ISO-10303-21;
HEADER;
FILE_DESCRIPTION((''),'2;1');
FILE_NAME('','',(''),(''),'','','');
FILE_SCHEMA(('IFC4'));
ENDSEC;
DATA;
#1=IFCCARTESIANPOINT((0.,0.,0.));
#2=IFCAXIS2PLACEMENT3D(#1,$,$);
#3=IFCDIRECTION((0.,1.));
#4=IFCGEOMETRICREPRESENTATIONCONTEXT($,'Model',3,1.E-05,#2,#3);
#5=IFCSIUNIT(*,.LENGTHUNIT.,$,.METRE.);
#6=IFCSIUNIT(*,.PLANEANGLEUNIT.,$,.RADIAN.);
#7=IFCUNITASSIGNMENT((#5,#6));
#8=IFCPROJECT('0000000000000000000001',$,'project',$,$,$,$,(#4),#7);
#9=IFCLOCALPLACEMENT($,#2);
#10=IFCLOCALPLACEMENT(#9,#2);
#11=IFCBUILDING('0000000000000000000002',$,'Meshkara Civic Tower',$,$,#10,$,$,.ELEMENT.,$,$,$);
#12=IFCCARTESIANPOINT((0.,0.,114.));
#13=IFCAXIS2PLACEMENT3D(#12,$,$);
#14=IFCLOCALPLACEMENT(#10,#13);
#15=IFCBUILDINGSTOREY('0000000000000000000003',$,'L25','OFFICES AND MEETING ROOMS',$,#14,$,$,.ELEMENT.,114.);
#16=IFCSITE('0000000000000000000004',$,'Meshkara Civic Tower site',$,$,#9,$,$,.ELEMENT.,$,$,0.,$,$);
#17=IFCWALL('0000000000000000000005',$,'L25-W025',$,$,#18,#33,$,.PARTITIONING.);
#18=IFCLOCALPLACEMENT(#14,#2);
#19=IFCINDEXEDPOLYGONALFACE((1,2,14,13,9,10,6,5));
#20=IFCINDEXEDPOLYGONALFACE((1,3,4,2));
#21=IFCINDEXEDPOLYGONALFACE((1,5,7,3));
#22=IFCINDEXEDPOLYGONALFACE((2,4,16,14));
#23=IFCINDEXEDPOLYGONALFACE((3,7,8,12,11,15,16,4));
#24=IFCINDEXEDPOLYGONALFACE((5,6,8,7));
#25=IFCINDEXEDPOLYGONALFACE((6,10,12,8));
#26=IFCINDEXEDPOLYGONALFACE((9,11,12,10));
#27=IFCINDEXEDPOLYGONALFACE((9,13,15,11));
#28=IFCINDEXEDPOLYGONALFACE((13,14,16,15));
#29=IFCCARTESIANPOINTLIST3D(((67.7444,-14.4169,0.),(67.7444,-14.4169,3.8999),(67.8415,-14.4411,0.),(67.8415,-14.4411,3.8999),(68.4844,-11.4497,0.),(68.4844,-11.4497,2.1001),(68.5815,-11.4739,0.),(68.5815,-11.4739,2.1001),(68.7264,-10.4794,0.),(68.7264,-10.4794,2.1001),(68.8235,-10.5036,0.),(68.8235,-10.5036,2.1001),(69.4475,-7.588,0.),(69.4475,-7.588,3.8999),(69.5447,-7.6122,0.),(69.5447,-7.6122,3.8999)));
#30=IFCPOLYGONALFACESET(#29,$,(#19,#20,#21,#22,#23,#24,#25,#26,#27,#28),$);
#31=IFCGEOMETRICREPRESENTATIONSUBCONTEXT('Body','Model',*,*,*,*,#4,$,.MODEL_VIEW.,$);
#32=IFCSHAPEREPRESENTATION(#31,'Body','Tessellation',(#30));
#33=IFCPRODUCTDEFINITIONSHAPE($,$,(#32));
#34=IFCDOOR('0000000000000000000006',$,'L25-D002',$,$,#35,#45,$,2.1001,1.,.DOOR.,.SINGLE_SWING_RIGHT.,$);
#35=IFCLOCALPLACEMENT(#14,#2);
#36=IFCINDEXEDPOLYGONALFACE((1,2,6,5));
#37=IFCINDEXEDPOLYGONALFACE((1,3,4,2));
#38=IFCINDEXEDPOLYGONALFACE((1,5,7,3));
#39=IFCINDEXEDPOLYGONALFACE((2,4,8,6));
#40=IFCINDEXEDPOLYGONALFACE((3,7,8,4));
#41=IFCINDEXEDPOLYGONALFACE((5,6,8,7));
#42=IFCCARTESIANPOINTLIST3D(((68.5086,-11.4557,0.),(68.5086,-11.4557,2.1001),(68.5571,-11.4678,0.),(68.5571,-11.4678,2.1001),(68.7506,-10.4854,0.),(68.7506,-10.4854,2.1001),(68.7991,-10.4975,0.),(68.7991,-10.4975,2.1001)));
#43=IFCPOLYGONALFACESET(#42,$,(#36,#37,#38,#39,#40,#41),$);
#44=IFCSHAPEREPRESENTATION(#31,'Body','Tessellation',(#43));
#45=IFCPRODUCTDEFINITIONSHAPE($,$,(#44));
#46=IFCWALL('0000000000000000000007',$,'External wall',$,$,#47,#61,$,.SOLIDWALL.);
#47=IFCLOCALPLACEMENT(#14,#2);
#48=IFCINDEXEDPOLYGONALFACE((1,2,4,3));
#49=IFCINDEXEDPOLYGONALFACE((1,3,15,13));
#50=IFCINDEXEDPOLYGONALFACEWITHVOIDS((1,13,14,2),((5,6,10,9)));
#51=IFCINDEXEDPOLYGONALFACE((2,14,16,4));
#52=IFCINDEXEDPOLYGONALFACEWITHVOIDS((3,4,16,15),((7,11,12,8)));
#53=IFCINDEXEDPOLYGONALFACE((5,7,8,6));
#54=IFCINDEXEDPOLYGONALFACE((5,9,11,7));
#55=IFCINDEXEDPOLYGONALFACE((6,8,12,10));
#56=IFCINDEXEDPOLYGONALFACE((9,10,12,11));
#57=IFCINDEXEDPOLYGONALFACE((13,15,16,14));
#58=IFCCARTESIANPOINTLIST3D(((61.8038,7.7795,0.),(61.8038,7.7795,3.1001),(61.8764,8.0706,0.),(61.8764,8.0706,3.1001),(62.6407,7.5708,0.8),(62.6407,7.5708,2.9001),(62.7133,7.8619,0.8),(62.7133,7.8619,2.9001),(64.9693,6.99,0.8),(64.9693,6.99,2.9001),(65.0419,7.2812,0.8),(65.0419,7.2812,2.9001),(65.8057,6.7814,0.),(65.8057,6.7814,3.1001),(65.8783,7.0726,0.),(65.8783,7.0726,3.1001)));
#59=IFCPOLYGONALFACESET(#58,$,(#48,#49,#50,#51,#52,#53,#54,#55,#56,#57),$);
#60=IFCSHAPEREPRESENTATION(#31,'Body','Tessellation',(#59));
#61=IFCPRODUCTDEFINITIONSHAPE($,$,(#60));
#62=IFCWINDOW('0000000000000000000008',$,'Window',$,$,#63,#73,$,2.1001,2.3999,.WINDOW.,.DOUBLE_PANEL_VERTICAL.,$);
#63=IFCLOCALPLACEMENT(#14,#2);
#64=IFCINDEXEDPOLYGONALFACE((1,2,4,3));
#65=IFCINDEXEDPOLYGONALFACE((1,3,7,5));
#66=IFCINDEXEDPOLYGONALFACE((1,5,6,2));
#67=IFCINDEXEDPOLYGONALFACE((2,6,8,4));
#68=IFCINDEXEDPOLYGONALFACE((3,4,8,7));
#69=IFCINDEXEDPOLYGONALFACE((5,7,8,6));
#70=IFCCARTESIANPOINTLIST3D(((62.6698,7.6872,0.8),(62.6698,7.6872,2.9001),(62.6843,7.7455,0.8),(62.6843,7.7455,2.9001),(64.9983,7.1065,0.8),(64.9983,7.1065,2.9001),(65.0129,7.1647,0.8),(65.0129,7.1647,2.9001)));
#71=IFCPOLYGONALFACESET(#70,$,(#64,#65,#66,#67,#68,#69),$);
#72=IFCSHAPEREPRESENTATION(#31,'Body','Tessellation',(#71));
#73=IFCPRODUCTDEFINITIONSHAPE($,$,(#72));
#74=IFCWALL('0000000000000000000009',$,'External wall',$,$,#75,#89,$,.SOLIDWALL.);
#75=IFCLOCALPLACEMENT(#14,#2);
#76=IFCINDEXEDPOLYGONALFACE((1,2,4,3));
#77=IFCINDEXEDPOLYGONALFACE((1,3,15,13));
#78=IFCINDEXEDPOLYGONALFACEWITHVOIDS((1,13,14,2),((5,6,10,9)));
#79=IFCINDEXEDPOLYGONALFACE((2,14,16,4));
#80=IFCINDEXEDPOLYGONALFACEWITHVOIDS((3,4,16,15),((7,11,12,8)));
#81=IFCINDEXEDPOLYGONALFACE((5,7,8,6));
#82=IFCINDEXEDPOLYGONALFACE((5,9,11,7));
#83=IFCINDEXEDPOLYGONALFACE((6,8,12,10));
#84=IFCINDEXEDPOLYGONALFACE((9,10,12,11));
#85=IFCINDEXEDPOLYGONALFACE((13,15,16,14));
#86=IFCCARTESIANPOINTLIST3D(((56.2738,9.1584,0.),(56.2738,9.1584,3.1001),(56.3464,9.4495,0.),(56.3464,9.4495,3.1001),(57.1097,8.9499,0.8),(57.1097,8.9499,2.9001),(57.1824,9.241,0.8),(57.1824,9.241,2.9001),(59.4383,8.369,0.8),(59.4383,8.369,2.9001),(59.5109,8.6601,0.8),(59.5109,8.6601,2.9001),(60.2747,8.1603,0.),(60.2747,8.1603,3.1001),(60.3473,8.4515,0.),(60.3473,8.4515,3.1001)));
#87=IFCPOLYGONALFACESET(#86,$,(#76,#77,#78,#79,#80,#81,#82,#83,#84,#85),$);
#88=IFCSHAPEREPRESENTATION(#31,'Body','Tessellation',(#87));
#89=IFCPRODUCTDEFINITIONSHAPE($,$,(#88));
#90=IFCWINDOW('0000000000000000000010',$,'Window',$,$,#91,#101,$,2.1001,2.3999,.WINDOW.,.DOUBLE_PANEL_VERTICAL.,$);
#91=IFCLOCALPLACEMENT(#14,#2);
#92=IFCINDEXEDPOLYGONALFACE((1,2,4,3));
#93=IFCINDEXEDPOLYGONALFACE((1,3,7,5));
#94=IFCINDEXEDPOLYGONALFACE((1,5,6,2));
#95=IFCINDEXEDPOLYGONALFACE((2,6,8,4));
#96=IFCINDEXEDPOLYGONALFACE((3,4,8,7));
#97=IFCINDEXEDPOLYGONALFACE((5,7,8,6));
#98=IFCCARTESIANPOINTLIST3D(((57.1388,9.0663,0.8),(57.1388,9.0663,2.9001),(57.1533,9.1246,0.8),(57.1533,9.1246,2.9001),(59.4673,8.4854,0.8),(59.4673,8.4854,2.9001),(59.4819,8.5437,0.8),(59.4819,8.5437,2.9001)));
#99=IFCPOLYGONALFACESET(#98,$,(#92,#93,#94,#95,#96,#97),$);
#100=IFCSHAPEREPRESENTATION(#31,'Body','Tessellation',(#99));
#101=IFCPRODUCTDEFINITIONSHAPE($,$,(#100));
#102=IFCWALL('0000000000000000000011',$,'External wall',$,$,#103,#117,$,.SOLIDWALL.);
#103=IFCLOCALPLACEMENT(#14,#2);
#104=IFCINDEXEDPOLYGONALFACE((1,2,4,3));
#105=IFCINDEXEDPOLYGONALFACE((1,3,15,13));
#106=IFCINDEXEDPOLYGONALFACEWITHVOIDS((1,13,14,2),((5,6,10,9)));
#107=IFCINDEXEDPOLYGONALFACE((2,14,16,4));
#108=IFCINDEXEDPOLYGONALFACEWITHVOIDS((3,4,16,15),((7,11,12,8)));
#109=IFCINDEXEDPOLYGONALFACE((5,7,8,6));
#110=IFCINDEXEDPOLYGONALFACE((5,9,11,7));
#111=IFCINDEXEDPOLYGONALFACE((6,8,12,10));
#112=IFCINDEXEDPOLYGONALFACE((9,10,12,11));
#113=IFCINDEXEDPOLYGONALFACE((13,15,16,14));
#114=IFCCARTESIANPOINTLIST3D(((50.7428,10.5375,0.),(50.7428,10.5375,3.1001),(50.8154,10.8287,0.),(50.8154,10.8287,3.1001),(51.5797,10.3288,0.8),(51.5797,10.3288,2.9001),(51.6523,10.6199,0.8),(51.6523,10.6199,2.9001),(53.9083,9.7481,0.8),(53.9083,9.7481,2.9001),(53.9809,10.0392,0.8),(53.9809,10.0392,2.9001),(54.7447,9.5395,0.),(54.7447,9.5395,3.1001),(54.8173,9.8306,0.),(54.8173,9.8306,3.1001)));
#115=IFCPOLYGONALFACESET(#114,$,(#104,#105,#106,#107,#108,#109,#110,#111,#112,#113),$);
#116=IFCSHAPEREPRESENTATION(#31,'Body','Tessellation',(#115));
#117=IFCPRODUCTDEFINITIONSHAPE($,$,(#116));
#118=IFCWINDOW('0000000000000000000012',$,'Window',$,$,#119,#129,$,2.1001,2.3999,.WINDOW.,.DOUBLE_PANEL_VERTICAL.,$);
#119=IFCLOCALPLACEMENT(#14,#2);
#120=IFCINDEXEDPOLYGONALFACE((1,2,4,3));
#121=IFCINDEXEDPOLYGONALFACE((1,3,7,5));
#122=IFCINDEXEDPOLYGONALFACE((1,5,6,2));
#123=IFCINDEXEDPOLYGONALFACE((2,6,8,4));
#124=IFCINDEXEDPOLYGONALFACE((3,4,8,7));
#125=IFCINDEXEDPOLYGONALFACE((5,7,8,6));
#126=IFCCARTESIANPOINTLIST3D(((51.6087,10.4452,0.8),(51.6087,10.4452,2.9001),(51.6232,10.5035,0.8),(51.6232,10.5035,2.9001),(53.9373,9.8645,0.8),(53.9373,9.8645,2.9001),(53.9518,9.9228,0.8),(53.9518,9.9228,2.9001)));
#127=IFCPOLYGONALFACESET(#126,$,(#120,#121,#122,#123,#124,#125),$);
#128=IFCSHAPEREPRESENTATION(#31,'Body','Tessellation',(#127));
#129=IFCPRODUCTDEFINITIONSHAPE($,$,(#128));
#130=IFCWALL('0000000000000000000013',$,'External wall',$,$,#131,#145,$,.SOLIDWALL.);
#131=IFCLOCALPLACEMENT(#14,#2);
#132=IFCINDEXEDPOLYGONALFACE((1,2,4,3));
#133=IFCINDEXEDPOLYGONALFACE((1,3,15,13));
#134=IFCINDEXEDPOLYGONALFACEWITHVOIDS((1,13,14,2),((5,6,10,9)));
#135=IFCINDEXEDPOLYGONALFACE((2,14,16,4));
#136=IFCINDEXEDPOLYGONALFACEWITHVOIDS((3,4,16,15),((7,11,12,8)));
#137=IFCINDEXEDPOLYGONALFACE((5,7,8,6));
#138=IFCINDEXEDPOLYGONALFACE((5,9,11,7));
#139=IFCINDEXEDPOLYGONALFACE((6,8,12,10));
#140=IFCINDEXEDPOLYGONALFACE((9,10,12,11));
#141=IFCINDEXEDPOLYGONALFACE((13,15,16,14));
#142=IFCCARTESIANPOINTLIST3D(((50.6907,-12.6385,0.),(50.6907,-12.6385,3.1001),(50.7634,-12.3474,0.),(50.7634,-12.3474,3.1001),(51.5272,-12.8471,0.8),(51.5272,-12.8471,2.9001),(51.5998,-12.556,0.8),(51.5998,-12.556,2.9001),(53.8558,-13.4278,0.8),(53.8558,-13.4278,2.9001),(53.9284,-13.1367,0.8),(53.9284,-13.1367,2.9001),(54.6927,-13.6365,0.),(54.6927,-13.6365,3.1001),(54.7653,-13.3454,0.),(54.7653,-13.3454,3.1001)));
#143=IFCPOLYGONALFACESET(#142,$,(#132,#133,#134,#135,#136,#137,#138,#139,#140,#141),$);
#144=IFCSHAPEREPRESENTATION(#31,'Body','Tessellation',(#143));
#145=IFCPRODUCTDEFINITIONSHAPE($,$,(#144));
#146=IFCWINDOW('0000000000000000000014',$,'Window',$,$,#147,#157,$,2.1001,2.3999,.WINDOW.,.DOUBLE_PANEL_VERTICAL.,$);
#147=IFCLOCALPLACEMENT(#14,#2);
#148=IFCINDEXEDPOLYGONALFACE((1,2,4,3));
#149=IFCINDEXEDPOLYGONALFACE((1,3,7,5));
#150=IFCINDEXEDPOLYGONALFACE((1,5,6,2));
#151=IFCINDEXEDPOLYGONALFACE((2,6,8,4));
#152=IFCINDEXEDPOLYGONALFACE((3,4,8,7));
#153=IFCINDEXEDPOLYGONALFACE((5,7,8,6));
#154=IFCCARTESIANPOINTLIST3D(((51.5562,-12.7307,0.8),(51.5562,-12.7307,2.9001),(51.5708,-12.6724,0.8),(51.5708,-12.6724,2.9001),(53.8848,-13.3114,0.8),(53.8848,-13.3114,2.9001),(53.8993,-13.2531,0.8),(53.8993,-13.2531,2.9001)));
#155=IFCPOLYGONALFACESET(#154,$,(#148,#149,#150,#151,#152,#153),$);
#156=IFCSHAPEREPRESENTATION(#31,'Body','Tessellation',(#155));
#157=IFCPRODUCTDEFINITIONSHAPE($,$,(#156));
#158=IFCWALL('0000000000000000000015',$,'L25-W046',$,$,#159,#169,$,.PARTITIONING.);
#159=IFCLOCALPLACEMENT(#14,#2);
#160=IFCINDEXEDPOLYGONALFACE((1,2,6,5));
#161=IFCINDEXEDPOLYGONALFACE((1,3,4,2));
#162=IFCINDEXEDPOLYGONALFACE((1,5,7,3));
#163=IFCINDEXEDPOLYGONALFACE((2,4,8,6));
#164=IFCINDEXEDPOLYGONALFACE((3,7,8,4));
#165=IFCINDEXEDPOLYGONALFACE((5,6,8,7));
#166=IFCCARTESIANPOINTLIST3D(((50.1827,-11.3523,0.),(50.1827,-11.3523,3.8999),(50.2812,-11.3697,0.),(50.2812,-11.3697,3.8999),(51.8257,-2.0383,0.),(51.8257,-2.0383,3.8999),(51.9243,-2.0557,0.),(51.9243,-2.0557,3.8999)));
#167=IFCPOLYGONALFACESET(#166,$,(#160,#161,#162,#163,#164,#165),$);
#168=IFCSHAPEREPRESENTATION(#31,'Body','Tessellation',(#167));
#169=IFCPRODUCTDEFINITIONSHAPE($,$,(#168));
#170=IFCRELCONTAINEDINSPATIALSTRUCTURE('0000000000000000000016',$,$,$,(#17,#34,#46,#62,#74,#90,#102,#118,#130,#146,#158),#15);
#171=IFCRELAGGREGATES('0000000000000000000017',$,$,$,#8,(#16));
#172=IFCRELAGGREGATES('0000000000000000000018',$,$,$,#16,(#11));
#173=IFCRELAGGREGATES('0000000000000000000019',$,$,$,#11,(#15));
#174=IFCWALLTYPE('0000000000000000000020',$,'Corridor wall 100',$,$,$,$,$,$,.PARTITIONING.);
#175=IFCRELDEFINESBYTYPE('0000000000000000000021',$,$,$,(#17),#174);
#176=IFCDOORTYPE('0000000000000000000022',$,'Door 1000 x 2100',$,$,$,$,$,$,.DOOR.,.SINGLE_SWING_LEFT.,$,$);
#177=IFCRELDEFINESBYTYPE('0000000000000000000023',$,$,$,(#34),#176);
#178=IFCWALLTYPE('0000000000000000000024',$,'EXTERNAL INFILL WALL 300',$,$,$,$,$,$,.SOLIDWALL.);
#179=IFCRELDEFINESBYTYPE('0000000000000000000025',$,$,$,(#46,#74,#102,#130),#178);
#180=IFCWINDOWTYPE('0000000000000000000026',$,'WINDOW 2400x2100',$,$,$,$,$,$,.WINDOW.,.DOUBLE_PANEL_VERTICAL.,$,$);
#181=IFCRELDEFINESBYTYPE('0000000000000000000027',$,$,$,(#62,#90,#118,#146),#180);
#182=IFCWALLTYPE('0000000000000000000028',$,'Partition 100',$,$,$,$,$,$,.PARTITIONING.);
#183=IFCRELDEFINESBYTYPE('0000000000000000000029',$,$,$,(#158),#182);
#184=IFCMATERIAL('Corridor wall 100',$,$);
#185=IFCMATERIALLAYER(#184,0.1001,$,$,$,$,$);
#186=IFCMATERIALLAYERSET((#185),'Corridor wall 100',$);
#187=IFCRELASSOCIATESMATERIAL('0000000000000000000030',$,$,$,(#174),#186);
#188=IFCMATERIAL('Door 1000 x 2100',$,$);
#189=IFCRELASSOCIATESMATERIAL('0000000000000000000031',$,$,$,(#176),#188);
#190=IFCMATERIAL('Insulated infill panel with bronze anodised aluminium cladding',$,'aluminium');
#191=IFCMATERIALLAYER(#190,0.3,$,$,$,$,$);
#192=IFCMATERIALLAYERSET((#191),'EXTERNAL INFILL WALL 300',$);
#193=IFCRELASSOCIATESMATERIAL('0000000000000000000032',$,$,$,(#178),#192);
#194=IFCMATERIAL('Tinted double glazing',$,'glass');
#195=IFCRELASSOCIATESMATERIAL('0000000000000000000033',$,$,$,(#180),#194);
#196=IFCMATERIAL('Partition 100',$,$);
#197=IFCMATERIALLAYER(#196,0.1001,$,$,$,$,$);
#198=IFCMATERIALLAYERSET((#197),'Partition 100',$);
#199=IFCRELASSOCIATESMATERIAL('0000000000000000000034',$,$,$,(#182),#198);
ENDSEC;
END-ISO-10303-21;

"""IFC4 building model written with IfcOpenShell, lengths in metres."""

from ifc_helpers import new_model, si_unit, direction, frame, frame_2d, origin, place, context, subcontext, project, spatial, rectangle, extrude, material, layer, layer_set, type_object, element, fill, save


model = new_model("IFC4")

# Units and contexts
model_context = context("Model", 3, precision=1e-05, world=origin(), true_north=direction((0.0, 1.0)))
body_context = subcontext(model_context, "Body", "Model", "MODEL_VIEW")
ifc_project = project(units=[si_unit("LENGTHUNIT", "METRE"), si_unit("PLANEANGLEUNIT", "RADIAN")], contexts=[model_context])

# Site, building, storey
site_placement = place(None, origin())
site = spatial("IfcSite", under=ifc_project, at=site_placement, Name="Meshkara Civic Tower site", CompositionType="ELEMENT", RefElevation=0.0)
building_placement = place(site_placement, origin())
building = spatial("IfcBuilding", under=site, at=building_placement, Name="Meshkara Civic Tower", CompositionType="ELEMENT")
storey_placement = place(building_placement, frame((0.0, 0.0, 114.0)))
storey = spatial("IfcBuildingStorey", under=building, at=storey_placement, Name="L25", Description="OFFICES AND MEETING ROOMS", CompositionType="ELEMENT", Elevation=114.0)

# Wall, opening, door
ifc_material_1 = material(Name="Corridor wall 100")
ifc_layer_1 = layer(ifc_material_1, 0.1001)
ifc_layer_set_1 = layer_set([ifc_layer_1], Name="Corridor wall 100")
wall_type_1 = type_object("IfcWallType", Name="Corridor wall 100", PredefinedType="PARTITIONING", material=ifc_layer_set_1)
wall_1_placement = place(storey_placement, frame((69.4961, -7.6001, 0.0), z_axis=(0.0, 0.0, 1.0), x_axis=(-0.241989, -0.970279, 0.0)))
wall_1 = element("IfcWall", 1, at=wall_1_placement, inside=storey, type_object=wall_type_1, Name="L25-W025", PredefinedType="PARTITIONING", context=body_context, shape_type="SweptSolid", body=[
    extrude(rectangle(XDim=7.0381, YDim=0.1001, at=frame_2d((3.519, 0.0))), origin(), (0.0, 0.0, 1.0), 3.8999),
])
opening_1_placement = place(wall_1_placement, frame((2.98, 0.0, 0.0)))
opening_1 = element("IfcOpeningElement", 2, at=opening_1_placement, cuts=wall_1, PredefinedType="OPENING", context=body_context, shape_type="SweptSolid", body=[
    extrude(rectangle(XDim=1.0, YDim=2.1001, at=frame_2d((0.5, 1.05))), frame((0.0, 0.0601, 0.0), z_axis=(0.0, -1.0, 0.0), x_axis=(1.0, 0.0, 0.0)), (0.0, 0.0, 1.0), 0.1201),
])
ifc_material_2 = material(Name="Door 1000 x 2100")
door_type = type_object("IfcDoorType", Name="Door 1000 x 2100", OperationType="SINGLE_SWING_LEFT", PredefinedType="DOOR", material=ifc_material_2)
door_placement = place(opening_1_placement, origin())
door = element("IfcDoor", 3, at=door_placement, inside=storey, type_object=door_type, Name="L25-D002", OperationType="SINGLE_SWING_RIGHT", OverallHeight=2.1001, OverallWidth=1.0, PredefinedType="DOOR", context=body_context, shape_type="SweptSolid", body=[
    extrude(rectangle(XDim=1.0, YDim=2.1001, at=frame_2d((0.5, 1.05))), frame((0.0, 0.0249, 0.0), z_axis=(0.0, -1.0, 0.0), x_axis=(1.0, 0.0, 0.0)), (0.0, 0.0, 1.0), 0.05),
])
fill(opening_1, door)

# Walls, openings, windows
ifc_material_3 = material(Name="Insulated infill panel with bronze anodised aluminium cladding", Category="aluminium")
ifc_layer_2 = layer(ifc_material_3, 0.3)
ifc_layer_set_2 = layer_set([ifc_layer_2], Name="EXTERNAL INFILL WALL 300")
wall_type_2 = type_object("IfcWallType", Name="EXTERNAL INFILL WALL 300", PredefinedType="SOLIDWALL", material=ifc_layer_set_2)
wall_2_placement = place(storey_placement, frame((65.842, 6.927, 0.0), z_axis=(0.0, 0.0, 1.0), x_axis=(-0.970282, 0.241978, 0.0)))
wall_2 = element("IfcWall", 4, at=wall_2_placement, inside=storey, type_object=wall_type_2, Name="External wall", PredefinedType="SOLIDWALL", context=body_context, shape_type="SweptSolid", body=[
    extrude(rectangle(XDim=4.1245, YDim=0.3, at=frame_2d((2.0623, 0.0))), origin(), (0.0, 0.0, 1.0), 3.1001),
])
opening_2_placement = place(wall_2_placement, frame((0.8621, 0.0, 0.8)))
opening_2 = element("IfcOpeningElement", 5, at=opening_2_placement, cuts=wall_2, PredefinedType="OPENING", context=body_context, shape_type="SweptSolid", body=[
    extrude(rectangle(XDim=2.3999, YDim=2.1001, at=frame_2d((1.2, 1.05))), frame((0.0, 0.1599, 0.0), z_axis=(0.0, -1.0, 0.0), x_axis=(1.0, 0.0, 0.0)), (0.0, 0.0, 1.0), 0.3201),
])
ifc_material_4 = material(Name="Tinted double glazing", Category="glass")
window_type = type_object("IfcWindowType", Name="WINDOW 2400x2100", PartitioningType="DOUBLE_PANEL_VERTICAL", PredefinedType="WINDOW", material=ifc_material_4)
window_1_placement = place(opening_2_placement, origin())
window_1 = element("IfcWindow", 6, at=window_1_placement, inside=storey, type_object=window_type, Name="Window", OverallHeight=2.1001, OverallWidth=2.3999, PartitioningType="DOUBLE_PANEL_VERTICAL", PredefinedType="WINDOW", context=body_context, shape_type="SweptSolid", body=[
    extrude(rectangle(XDim=2.3999, YDim=2.1001, at=frame_2d((1.2, 1.05))), frame((0.0, 0.03, 0.0), z_axis=(0.0, -1.0, 0.0), x_axis=(1.0, 0.0, 0.0)), (0.0, 0.0, 1.0), 0.0601),
])
fill(opening_2, window_1)
wall_3_placement = place(storey_placement, frame((60.311, 8.3059, 0.0), z_axis=(0.0, 0.0, 1.0), x_axis=(-0.970268, 0.242034, 0.0)))
wall_3 = element("IfcWall", 7, at=wall_3_placement, inside=storey, type_object=wall_type_2, Name="External wall", PredefinedType="SOLIDWALL", context=body_context, shape_type="SweptSolid", body=[
    extrude(rectangle(XDim=4.1235, YDim=0.3, at=frame_2d((2.0618, 0.0))), origin(), (0.0, 0.0, 1.0), 3.1001),
])
opening_3_placement = place(wall_3_placement, frame((0.8621, 0.0, 0.8)))
opening_3 = element("IfcOpeningElement", 8, at=opening_3_placement, cuts=wall_3, PredefinedType="OPENING", context=body_context, shape_type="SweptSolid", body=[
    extrude(rectangle(XDim=2.3999, YDim=2.1001, at=frame_2d((1.2, 1.05))), frame((0.0, 0.1599, 0.0), z_axis=(0.0, -1.0, 0.0), x_axis=(1.0, 0.0, 0.0)), (0.0, 0.0, 1.0), 0.3201),
])
window_2_placement = place(opening_3_placement, origin())
window_2 = element("IfcWindow", 9, at=window_2_placement, inside=storey, type_object=window_type, Name="Window", OverallHeight=2.1001, OverallWidth=2.3999, PartitioningType="DOUBLE_PANEL_VERTICAL", PredefinedType="WINDOW", context=body_context, shape_type="SweptSolid", body=[
    extrude(rectangle(XDim=2.3999, YDim=2.1001, at=frame_2d((1.2, 1.05))), frame((0.0, 0.03, 0.0), z_axis=(0.0, -1.0, 0.0), x_axis=(1.0, 0.0, 0.0)), (0.0, 0.0, 1.0), 0.0601),
])
fill(opening_3, window_2)
wall_4_placement = place(storey_placement, frame((54.781, 9.6851, 0.0), z_axis=(0.0, 0.0, 1.0), x_axis=(-0.970282, 0.241978, 0.0)))
wall_4 = element("IfcWall", 10, at=wall_4_placement, inside=storey, type_object=wall_type_2, Name="External wall", PredefinedType="SOLIDWALL", context=body_context, shape_type="SweptSolid", body=[
    extrude(rectangle(XDim=4.1245, YDim=0.3, at=frame_2d((2.0623, 0.0))), origin(), (0.0, 0.0, 1.0), 3.1001),
])
opening_4_placement = place(wall_4_placement, frame((0.8621, 0.0, 0.8)))
opening_4 = element("IfcOpeningElement", 11, at=opening_4_placement, cuts=wall_4, PredefinedType="OPENING", context=body_context, shape_type="SweptSolid", body=[
    extrude(rectangle(XDim=2.3999, YDim=2.1001, at=frame_2d((1.2, 1.05))), frame((0.0, 0.1599, 0.0), z_axis=(0.0, -1.0, 0.0), x_axis=(1.0, 0.0, 0.0)), (0.0, 0.0, 1.0), 0.3201),
])
window_3_placement = place(opening_4_placement, origin())
window_3 = element("IfcWindow", 12, at=window_3_placement, inside=storey, type_object=window_type, Name="Window", OverallHeight=2.1001, OverallWidth=2.3999, PartitioningType="DOUBLE_PANEL_VERTICAL", PredefinedType="WINDOW", context=body_context, shape_type="SweptSolid", body=[
    extrude(rectangle(XDim=2.3999, YDim=2.1001, at=frame_2d((1.2, 1.05))), frame((0.0, 0.03, 0.0), z_axis=(0.0, -1.0, 0.0), x_axis=(1.0, 0.0, 0.0)), (0.0, 0.0, 1.0), 0.0601),
])
fill(opening_4, window_3)
wall_5_placement = place(storey_placement, frame((50.7271, -12.4929, 0.0), z_axis=(0.0, 0.0, 1.0), x_axis=(0.970282, -0.241978, 0.0)))
wall_5 = element("IfcWall", 13, at=wall_5_placement, inside=storey, type_object=wall_type_2, Name="External wall", PredefinedType="SOLIDWALL", context=body_context, shape_type="SweptSolid", body=[
    extrude(rectangle(XDim=4.1245, YDim=0.3, at=frame_2d((2.0623, 0.0))), origin(), (0.0, 0.0, 1.0), 3.1001),
])
opening_5_placement = place(wall_5_placement, frame((0.8621, 0.0, 0.8)))
opening_5 = element("IfcOpeningElement", 14, at=opening_5_placement, cuts=wall_5, PredefinedType="OPENING", context=body_context, shape_type="SweptSolid", body=[
    extrude(rectangle(XDim=2.3999, YDim=2.1001, at=frame_2d((1.2, 1.05))), frame((0.0, 0.1599, 0.0), z_axis=(0.0, -1.0, 0.0), x_axis=(1.0, 0.0, 0.0)), (0.0, 0.0, 1.0), 0.3201),
])
window_4_placement = place(opening_5_placement, origin())
window_4 = element("IfcWindow", 15, at=window_4_placement, inside=storey, type_object=window_type, Name="Window", OverallHeight=2.1001, OverallWidth=2.3999, PartitioningType="DOUBLE_PANEL_VERTICAL", PredefinedType="WINDOW", context=body_context, shape_type="SweptSolid", body=[
    extrude(rectangle(XDim=2.3999, YDim=2.1001, at=frame_2d((1.2, 1.05))), frame((0.0, 0.03, 0.0), z_axis=(0.0, -1.0, 0.0), x_axis=(1.0, 0.0, 0.0)), (0.0, 0.0, 1.0), 0.0601),
])
fill(opening_5, window_4)

# Wall
ifc_material_5 = material(Name="Partition 100")
ifc_layer_3 = layer(ifc_material_5, 0.1001)
ifc_layer_set_3 = layer_set([ifc_layer_3], Name="Partition 100")
wall_type_3 = type_object("IfcWallType", Name="Partition 100", PredefinedType="PARTITIONING", material=ifc_layer_set_3)
wall_6_placement = place(storey_placement, frame((50.2319, -11.3611, 0.0), z_axis=(0.0, 0.0, 1.0), x_axis=(0.173726, 0.984794, 0.0)))
element("IfcWall", 16, at=wall_6_placement, inside=storey, type_object=wall_type_3, Name="L25-W046", PredefinedType="PARTITIONING", context=body_context, shape_type="SweptSolid", body=[
    extrude(rectangle(XDim=9.4578, YDim=0.1001, at=frame_2d((4.729, 0.0))), origin(), (0.0, 0.0, 1.0), 3.8999),
])

save(model, "model.ifc")
